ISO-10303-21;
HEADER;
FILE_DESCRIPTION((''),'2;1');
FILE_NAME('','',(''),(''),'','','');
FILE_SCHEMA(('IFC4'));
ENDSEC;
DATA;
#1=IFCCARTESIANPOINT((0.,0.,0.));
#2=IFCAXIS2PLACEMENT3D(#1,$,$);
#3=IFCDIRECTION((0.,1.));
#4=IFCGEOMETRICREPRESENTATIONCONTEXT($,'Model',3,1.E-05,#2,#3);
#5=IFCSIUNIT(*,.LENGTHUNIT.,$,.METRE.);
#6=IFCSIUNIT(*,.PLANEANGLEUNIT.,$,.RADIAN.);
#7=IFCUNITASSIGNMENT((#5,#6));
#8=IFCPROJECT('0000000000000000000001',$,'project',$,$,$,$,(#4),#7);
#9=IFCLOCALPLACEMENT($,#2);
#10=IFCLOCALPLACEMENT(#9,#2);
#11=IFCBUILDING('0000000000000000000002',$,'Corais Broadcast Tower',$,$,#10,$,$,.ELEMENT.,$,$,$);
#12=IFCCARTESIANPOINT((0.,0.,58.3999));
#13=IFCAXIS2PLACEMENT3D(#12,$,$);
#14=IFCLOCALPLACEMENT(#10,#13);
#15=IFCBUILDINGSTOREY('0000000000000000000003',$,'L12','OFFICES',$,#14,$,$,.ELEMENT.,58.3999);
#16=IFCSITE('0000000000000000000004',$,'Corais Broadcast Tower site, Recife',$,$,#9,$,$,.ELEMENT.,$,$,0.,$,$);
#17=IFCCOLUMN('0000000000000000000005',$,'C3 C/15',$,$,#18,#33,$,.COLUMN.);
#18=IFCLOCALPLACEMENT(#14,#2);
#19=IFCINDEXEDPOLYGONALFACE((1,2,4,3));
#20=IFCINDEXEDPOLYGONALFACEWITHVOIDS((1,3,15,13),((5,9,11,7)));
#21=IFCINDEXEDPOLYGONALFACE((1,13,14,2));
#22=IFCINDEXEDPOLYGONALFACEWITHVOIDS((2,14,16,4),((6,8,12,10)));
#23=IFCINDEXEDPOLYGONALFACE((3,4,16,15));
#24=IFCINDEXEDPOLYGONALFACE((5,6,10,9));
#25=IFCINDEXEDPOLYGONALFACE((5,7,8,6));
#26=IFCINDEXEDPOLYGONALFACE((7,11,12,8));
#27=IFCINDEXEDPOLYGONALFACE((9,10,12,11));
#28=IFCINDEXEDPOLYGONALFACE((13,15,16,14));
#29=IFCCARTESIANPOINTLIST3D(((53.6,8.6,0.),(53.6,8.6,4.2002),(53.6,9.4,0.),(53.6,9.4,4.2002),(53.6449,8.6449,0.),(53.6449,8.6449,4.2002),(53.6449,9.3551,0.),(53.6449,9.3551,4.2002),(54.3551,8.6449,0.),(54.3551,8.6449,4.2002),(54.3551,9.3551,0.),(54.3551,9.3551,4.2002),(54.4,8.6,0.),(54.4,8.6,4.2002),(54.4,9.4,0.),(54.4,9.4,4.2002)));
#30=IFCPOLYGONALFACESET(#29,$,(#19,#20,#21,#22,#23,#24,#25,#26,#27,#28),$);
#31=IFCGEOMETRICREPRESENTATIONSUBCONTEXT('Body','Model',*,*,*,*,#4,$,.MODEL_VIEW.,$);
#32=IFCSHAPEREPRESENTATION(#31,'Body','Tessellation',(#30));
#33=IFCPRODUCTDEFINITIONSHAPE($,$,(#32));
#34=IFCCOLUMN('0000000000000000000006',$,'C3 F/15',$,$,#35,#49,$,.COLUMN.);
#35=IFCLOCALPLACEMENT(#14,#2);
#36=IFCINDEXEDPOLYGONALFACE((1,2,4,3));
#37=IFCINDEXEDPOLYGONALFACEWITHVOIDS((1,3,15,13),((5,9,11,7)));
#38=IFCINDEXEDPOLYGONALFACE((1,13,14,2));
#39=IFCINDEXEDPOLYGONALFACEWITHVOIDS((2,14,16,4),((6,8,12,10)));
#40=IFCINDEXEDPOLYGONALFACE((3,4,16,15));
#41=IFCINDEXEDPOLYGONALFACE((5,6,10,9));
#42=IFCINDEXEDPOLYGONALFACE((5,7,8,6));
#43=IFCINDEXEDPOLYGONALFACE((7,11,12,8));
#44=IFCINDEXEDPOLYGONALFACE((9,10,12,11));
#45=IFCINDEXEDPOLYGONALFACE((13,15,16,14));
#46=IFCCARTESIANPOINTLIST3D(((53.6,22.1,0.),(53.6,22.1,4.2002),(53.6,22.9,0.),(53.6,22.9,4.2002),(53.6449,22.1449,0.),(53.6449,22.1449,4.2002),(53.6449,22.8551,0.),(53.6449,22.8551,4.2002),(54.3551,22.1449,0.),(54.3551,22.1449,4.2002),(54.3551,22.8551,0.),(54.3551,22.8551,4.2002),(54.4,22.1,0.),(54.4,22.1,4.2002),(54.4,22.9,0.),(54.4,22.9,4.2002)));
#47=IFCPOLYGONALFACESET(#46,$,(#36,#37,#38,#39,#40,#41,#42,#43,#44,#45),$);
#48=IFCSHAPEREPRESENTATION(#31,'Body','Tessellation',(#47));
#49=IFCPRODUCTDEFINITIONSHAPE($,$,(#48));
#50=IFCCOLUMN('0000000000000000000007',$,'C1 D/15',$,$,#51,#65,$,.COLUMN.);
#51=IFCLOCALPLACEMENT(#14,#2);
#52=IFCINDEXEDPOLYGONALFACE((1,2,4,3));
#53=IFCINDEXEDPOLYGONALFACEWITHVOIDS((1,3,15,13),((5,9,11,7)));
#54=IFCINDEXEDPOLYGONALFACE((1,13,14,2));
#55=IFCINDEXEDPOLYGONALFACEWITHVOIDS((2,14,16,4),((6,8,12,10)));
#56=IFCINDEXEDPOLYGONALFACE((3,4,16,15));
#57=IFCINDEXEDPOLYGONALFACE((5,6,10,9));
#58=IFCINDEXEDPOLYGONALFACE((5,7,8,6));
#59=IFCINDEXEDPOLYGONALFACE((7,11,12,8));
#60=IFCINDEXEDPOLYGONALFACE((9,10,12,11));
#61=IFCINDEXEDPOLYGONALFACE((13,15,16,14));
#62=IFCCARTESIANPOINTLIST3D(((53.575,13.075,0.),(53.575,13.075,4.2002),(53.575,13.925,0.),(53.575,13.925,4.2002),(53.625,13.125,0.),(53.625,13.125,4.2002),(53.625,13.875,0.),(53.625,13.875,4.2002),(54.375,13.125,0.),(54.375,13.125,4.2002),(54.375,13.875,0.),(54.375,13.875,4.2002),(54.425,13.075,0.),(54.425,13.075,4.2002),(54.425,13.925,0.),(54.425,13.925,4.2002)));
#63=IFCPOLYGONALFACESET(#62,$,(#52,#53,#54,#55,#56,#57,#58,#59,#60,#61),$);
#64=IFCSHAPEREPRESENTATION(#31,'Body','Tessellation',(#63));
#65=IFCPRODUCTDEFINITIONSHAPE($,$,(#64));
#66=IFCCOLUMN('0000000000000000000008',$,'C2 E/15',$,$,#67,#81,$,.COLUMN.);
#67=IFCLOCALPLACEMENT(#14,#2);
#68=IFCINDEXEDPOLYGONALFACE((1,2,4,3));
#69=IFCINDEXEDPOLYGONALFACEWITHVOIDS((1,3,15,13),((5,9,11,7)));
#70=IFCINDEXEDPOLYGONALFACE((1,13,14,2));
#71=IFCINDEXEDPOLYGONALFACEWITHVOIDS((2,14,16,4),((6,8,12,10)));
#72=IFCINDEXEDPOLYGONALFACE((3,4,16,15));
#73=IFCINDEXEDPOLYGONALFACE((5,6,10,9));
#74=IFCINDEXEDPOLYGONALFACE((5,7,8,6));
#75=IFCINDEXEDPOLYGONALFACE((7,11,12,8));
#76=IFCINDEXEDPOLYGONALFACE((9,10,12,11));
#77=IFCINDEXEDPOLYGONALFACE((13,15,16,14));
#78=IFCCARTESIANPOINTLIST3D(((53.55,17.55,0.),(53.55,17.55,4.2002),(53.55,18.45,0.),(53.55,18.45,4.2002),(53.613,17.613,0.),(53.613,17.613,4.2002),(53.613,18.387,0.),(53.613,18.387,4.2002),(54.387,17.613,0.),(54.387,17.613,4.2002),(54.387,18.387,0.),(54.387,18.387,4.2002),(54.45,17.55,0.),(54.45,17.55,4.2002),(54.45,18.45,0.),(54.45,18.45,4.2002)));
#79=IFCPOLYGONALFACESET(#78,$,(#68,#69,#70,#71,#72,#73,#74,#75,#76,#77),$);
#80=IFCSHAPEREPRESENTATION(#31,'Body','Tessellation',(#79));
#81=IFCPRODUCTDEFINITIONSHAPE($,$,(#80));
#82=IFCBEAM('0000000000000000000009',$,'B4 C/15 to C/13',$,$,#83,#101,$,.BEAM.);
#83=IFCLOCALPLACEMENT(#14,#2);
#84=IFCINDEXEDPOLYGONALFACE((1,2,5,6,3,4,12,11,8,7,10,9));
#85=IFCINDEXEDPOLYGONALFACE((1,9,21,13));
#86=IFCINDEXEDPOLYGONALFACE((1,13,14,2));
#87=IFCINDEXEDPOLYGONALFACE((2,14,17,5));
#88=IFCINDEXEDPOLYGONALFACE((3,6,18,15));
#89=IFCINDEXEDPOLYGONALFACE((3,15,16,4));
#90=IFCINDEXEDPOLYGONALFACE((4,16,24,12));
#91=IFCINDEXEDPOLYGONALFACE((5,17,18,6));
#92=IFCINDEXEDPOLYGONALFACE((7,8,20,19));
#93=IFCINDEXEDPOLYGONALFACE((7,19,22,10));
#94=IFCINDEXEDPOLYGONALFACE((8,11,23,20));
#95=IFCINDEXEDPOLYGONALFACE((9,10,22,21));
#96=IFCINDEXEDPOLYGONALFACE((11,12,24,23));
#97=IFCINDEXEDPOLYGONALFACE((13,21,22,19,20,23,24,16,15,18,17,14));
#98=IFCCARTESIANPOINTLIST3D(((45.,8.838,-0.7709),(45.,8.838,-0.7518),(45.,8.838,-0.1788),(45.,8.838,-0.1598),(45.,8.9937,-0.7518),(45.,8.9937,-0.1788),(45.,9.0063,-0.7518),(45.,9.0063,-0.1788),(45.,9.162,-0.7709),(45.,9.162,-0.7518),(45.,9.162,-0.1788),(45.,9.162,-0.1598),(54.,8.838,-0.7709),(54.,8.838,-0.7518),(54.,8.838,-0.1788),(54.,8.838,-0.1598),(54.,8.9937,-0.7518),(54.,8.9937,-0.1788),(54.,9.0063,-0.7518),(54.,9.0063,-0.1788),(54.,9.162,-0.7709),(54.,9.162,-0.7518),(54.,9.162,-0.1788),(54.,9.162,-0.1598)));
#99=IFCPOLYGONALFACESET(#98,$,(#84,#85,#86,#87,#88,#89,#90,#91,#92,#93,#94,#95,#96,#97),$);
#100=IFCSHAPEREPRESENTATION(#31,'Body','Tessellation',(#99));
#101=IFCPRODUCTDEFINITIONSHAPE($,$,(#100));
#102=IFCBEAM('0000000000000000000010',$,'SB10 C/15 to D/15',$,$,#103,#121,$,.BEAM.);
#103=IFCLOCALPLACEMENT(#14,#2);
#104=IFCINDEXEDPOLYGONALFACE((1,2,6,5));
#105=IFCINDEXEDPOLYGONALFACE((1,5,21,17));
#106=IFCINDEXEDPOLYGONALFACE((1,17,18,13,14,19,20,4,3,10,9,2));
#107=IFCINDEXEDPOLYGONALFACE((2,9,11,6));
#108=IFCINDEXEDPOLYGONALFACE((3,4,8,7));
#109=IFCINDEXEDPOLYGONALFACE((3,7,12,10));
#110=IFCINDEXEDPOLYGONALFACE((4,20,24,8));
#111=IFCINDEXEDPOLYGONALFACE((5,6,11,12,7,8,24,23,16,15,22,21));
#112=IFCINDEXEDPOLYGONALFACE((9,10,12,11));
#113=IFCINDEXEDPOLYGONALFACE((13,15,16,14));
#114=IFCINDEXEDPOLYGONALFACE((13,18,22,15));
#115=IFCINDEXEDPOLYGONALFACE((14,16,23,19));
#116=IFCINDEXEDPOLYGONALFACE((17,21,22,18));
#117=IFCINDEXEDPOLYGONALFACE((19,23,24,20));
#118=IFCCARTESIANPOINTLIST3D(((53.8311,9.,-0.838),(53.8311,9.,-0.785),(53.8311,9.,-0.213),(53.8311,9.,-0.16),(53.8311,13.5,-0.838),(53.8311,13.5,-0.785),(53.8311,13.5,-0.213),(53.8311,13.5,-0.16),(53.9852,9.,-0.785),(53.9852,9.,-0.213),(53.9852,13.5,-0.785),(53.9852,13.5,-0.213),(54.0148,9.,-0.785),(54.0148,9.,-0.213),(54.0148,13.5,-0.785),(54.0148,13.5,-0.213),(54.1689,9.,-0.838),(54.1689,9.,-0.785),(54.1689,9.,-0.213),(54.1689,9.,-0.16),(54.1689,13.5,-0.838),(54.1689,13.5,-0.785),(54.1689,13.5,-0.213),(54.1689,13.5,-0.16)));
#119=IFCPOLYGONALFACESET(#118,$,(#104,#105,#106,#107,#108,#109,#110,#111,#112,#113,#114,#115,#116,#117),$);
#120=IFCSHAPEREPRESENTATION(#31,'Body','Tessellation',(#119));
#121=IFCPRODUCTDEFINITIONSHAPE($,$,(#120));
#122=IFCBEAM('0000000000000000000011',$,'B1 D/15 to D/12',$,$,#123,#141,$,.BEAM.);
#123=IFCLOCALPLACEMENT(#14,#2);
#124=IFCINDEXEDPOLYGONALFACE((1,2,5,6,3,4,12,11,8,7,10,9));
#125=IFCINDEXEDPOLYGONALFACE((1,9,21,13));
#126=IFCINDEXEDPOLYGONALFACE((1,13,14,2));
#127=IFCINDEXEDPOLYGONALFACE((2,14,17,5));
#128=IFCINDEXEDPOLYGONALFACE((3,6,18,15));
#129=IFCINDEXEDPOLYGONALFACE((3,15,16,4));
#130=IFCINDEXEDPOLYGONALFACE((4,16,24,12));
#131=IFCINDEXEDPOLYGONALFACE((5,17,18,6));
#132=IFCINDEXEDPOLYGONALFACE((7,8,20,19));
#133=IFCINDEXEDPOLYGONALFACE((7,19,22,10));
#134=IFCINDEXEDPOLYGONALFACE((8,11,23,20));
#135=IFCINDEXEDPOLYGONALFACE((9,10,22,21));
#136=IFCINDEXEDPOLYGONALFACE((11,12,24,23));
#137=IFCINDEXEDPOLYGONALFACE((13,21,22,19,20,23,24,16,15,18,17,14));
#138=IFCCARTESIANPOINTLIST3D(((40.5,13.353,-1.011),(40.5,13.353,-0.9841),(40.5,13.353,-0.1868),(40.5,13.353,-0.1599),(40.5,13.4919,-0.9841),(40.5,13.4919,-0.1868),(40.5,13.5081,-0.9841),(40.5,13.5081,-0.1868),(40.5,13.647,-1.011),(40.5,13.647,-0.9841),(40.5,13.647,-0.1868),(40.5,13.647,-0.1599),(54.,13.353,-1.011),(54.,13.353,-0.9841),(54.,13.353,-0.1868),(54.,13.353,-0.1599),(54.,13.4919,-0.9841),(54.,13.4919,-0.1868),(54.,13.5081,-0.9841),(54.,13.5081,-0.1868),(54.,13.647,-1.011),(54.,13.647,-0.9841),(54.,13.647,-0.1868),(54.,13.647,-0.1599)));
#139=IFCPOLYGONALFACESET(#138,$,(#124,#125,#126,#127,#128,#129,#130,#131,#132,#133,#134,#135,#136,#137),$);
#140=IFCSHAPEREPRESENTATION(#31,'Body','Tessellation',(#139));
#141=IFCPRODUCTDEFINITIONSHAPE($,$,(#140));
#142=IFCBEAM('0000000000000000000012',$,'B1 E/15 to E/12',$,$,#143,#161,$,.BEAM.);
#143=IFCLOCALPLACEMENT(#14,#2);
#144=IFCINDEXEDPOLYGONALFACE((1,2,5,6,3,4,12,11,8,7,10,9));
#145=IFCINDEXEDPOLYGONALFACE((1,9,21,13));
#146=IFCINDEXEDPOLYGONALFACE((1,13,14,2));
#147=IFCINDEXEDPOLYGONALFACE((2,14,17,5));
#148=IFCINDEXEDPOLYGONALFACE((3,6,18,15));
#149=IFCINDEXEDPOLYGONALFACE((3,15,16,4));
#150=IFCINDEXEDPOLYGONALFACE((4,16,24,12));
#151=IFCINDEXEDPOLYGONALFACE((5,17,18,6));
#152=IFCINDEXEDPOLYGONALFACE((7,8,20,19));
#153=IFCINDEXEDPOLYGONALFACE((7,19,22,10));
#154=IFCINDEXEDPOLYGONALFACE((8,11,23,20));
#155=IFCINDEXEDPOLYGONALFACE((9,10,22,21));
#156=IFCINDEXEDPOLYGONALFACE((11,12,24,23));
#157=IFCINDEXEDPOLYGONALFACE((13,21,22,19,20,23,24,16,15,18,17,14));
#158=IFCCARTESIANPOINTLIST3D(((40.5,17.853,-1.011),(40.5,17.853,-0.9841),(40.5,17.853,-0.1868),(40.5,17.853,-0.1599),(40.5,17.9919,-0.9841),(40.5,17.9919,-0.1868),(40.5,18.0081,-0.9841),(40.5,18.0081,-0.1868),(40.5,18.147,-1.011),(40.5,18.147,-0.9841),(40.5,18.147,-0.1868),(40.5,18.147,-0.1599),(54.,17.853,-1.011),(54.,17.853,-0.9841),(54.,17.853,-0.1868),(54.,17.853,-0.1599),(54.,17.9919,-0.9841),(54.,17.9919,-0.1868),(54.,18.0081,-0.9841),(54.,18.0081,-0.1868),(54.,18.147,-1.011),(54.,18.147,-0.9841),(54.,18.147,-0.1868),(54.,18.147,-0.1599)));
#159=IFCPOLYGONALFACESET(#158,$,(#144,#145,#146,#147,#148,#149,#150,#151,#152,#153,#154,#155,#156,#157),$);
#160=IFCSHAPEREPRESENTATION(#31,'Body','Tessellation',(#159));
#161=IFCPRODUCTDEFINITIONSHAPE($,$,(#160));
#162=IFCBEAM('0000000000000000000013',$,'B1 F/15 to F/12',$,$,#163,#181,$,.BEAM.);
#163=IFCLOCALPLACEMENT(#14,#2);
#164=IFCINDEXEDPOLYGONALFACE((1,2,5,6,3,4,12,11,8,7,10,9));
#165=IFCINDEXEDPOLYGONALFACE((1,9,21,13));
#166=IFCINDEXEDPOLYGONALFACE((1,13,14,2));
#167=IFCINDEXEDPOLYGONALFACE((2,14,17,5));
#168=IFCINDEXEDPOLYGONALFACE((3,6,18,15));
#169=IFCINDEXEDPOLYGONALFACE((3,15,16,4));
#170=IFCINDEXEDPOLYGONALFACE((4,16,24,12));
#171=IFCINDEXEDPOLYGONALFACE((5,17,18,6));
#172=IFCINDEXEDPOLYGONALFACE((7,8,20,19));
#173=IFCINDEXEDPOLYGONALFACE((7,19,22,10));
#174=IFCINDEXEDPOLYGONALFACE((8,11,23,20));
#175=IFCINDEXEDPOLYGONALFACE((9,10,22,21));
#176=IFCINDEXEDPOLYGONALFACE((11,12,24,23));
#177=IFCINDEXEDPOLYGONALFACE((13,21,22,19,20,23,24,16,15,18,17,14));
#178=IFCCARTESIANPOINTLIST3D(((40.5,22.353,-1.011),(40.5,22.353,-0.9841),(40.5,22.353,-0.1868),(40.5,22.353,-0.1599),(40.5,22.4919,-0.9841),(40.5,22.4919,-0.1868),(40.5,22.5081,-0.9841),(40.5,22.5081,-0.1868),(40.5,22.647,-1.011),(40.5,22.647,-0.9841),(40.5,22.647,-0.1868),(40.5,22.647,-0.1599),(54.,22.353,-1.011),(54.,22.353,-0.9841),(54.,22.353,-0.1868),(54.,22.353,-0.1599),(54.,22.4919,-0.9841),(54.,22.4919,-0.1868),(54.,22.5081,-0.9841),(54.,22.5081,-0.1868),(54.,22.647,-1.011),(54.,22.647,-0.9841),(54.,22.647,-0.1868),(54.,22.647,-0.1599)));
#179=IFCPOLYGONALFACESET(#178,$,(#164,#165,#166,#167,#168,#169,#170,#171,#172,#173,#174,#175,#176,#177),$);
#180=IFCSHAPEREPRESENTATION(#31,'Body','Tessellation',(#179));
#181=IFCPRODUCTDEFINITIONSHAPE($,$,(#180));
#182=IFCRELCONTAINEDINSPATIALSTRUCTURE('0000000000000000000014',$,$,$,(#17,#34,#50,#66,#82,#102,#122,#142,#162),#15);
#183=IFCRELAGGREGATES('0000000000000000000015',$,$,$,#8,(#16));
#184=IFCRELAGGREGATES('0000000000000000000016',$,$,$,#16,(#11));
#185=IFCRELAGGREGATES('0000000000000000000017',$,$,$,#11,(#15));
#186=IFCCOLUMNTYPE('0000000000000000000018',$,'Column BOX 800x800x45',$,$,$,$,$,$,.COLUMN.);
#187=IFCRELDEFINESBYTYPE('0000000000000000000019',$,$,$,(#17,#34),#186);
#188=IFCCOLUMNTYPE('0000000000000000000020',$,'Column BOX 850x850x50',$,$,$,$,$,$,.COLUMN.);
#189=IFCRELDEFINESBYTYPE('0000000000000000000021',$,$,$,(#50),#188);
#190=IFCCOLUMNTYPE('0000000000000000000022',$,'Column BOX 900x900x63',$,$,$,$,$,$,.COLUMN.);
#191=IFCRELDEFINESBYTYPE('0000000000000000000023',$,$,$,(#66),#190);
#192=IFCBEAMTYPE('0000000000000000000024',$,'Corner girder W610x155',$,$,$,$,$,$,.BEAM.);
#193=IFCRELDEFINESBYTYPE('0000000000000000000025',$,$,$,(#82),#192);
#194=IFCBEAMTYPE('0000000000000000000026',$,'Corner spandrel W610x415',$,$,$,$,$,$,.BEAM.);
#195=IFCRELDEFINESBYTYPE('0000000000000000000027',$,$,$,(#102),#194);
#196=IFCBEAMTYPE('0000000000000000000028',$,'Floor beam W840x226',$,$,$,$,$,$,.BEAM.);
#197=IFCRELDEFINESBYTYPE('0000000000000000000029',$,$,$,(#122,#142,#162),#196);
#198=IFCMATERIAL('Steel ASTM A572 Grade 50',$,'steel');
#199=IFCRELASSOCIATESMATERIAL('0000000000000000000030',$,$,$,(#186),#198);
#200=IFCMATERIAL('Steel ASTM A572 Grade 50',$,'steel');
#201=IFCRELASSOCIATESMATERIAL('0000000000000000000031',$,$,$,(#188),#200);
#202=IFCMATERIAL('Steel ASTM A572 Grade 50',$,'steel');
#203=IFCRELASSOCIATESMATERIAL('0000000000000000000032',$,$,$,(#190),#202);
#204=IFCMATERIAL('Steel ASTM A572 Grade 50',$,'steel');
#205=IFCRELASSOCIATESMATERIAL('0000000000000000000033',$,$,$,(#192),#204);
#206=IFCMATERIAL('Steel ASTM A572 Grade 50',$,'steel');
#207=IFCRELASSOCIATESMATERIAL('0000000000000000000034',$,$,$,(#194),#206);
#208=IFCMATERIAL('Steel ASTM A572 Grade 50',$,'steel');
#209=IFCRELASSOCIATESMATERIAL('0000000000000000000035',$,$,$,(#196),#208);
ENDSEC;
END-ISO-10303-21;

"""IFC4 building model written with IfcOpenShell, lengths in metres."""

from ifc_helpers import new_model, si_unit, direction, frame, origin, origin_2d, place, context, subcontext, project, spatial, hollow_rectangle, i_section, extrude, material, material_profile, profile_set, type_object, element, save


model = new_model("IFC4")

# Units and contexts
model_context = context("Model", 3, precision=1e-05, world=origin(), true_north=direction((0.0, 1.0)))
body_context = subcontext(model_context, "Body", "Model", "MODEL_VIEW")
ifc_project = project(units=[si_unit("LENGTHUNIT", "METRE"), si_unit("PLANEANGLEUNIT", "RADIAN")], contexts=[model_context])

# Site, building, storey
site_placement = place(None, origin())
site = spatial("IfcSite", under=ifc_project, at=site_placement, Name="Corais Broadcast Tower site, Recife", CompositionType="ELEMENT", RefElevation=0.0)
building_placement = place(site_placement, origin())
building = spatial("IfcBuilding", under=site, at=building_placement, Name="Corais Broadcast Tower", CompositionType="ELEMENT")
storey_placement = place(building_placement, frame((0.0, 0.0, 58.3999)))
storey = spatial("IfcBuildingStorey", under=building, at=storey_placement, Name="L12", Description="OFFICES", CompositionType="ELEMENT", Elevation=58.3999)

# Columns
ifc_material_1 = material(Name="Steel ASTM A572 Grade 50", Category="steel")
ifc_material_profile_1 = material_profile(ifc_material_1, hollow_rectangle(XDim=0.8, YDim=0.8, WallThickness=0.0449, at=origin_2d()), Name="BOX 800x800x45")
ifc_profile_set_1 = profile_set([ifc_material_profile_1], Name="Steel ASTM A572 Grade 50")
column_type_1 = type_object("IfcColumnType", Name="Column BOX 800x800x45", PredefinedType="COLUMN", material=ifc_profile_set_1)
for number, where, z_axis, x_axis, name in (
    (1, (54.0, 9.0, 0.0), (0.0, 0.0, 1.0), (1.0, 0.0, 0.0), "C3 C/15"),
    (2, (54.0, 22.5, 0.0), (0.0, 0.0, 1.0), (1.0, 0.0, 0.0), "C3 F/15"),
):
    element("IfcColumn", number, at=place(storey_placement, frame(where, z_axis=z_axis, x_axis=x_axis)), inside=storey, type_object=column_type_1, Name=name, PredefinedType="COLUMN", context=body_context, shape_type="SweptSolid", body=[
        extrude(hollow_rectangle(XDim=0.8, YDim=0.8, WallThickness=0.0449, at=origin_2d()), origin(), (0.0, 0.0, 1.0), 4.2002),
    ])
ifc_material_2 = material(Name="Steel ASTM A572 Grade 50", Category="steel")
ifc_material_profile_2 = material_profile(ifc_material_2, hollow_rectangle(XDim=0.8501, YDim=0.8501, WallThickness=0.05, at=origin_2d()), Name="BOX 850x850x50")
ifc_profile_set_2 = profile_set([ifc_material_profile_2], Name="Steel ASTM A572 Grade 50")
column_type_2 = type_object("IfcColumnType", Name="Column BOX 850x850x50", PredefinedType="COLUMN", material=ifc_profile_set_2)
column_1_placement = place(storey_placement, frame((54.0, 13.5, 0.0), z_axis=(0.0, 0.0, 1.0), x_axis=(1.0, 0.0, 0.0)))
element("IfcColumn", 3, at=column_1_placement, inside=storey, type_object=column_type_2, Name="C1 D/15", PredefinedType="COLUMN", context=body_context, shape_type="SweptSolid", body=[
    extrude(hollow_rectangle(XDim=0.8501, YDim=0.8501, WallThickness=0.05, at=origin_2d()), origin(), (0.0, 0.0, 1.0), 4.2002),
])
ifc_material_3 = material(Name="Steel ASTM A572 Grade 50", Category="steel")
ifc_material_profile_3 = material_profile(ifc_material_3, hollow_rectangle(XDim=0.8999, YDim=0.8999, WallThickness=0.063, at=origin_2d()), Name="BOX 900x900x63")
ifc_profile_set_3 = profile_set([ifc_material_profile_3], Name="Steel ASTM A572 Grade 50")
column_type_3 = type_object("IfcColumnType", Name="Column BOX 900x900x63", PredefinedType="COLUMN", material=ifc_profile_set_3)
column_2_placement = place(storey_placement, frame((54.0, 18.0, 0.0), z_axis=(0.0, 0.0, 1.0), x_axis=(1.0, 0.0, 0.0)))
element("IfcColumn", 4, at=column_2_placement, inside=storey, type_object=column_type_3, Name="C2 E/15", PredefinedType="COLUMN", context=body_context, shape_type="SweptSolid", body=[
    extrude(hollow_rectangle(XDim=0.8999, YDim=0.8999, WallThickness=0.063, at=origin_2d()), origin(), (0.0, 0.0, 1.0), 4.2002),
])

# Beams
ifc_material_4 = material(Name="Steel ASTM A572 Grade 50", Category="steel")
ifc_material_profile_4 = material_profile(ifc_material_4, i_section(OverallWidth=0.324, OverallDepth=0.6111, WebThickness=0.0127, FlangeThickness=0.019, at=origin_2d()), Name="W610x155")
ifc_profile_set_4 = profile_set([ifc_material_profile_4], Name="Steel ASTM A572 Grade 50")
beam_type_1 = type_object("IfcBeamType", Name="Corner girder W610x155", PredefinedType="BEAM", material=ifc_profile_set_4)
beam_1_placement = place(storey_placement, frame((54.0, 9.0, -0.4653), z_axis=(-1.0, 0.0, 0.0), x_axis=(0.0, -1.0, 0.0)))
element("IfcBeam", 5, at=beam_1_placement, inside=storey, type_object=beam_type_1, Name="B4 C/15 to C/13", PredefinedType="BEAM", context=body_context, shape_type="SweptSolid", body=[
    extrude(i_section(OverallWidth=0.324, OverallDepth=0.6111, WebThickness=0.0127, FlangeThickness=0.019, at=origin_2d()), origin(), (0.0, 0.0, 1.0), 9.0),
])
ifc_material_5 = material(Name="Steel ASTM A572 Grade 50", Category="steel")
ifc_material_profile_5 = material_profile(ifc_material_5, i_section(OverallWidth=0.3379, OverallDepth=0.678, WebThickness=0.0295, FlangeThickness=0.053, at=origin_2d()), Name="W610x415")
ifc_profile_set_5 = profile_set([ifc_material_profile_5], Name="Steel ASTM A572 Grade 50")
beam_type_2 = type_object("IfcBeamType", Name="Corner spandrel W610x415", PredefinedType="BEAM", material=ifc_profile_set_5)
beam_2_placement = place(storey_placement, frame((54.0, 9.0, -0.499), z_axis=(0.0, 1.0, 0.0), x_axis=(-1.0, 0.0, 0.0)))
element("IfcBeam", 6, at=beam_2_placement, inside=storey, type_object=beam_type_2, Name="SB10 C/15 to D/15", PredefinedType="BEAM", context=body_context, shape_type="SweptSolid", body=[
    extrude(i_section(OverallWidth=0.3379, OverallDepth=0.678, WebThickness=0.0295, FlangeThickness=0.053, at=origin_2d()), origin(), (0.0, 0.0, 1.0), 4.5),
])
ifc_material_6 = material(Name="Steel ASTM A572 Grade 50", Category="steel")
ifc_material_profile_6 = material_profile(ifc_material_6, i_section(OverallWidth=0.2939, OverallDepth=0.8511, WebThickness=0.0161, FlangeThickness=0.0269, at=origin_2d()), Name="W840x226")
ifc_profile_set_6 = profile_set([ifc_material_profile_6], Name="Steel ASTM A572 Grade 50")
beam_type_3 = type_object("IfcBeamType", Name="Floor beam W840x226", PredefinedType="BEAM", material=ifc_profile_set_6)
for number, where, z_axis, x_axis, name in (
    (7, (54.0, 13.5, -0.5854), (-1.0, 0.0, 0.0), (0.0, -1.0, 0.0), "B1 D/15 to D/12"),
    (8, (54.0, 18.0, -0.5854), (-1.0, 0.0, 0.0), (0.0, -1.0, 0.0), "B1 E/15 to E/12"),
    (9, (54.0, 22.5, -0.5854), (-1.0, 0.0, 0.0), (0.0, -1.0, 0.0), "B1 F/15 to F/12"),
):
    element("IfcBeam", number, at=place(storey_placement, frame(where, z_axis=z_axis, x_axis=x_axis)), inside=storey, type_object=beam_type_3, Name=name, PredefinedType="BEAM", context=body_context, shape_type="SweptSolid", body=[
        extrude(i_section(OverallWidth=0.2939, OverallDepth=0.8511, WebThickness=0.0161, FlangeThickness=0.0269, at=origin_2d()), origin(), (0.0, 0.0, 1.0), 13.5),
    ])

save(model, "model.ifc")
